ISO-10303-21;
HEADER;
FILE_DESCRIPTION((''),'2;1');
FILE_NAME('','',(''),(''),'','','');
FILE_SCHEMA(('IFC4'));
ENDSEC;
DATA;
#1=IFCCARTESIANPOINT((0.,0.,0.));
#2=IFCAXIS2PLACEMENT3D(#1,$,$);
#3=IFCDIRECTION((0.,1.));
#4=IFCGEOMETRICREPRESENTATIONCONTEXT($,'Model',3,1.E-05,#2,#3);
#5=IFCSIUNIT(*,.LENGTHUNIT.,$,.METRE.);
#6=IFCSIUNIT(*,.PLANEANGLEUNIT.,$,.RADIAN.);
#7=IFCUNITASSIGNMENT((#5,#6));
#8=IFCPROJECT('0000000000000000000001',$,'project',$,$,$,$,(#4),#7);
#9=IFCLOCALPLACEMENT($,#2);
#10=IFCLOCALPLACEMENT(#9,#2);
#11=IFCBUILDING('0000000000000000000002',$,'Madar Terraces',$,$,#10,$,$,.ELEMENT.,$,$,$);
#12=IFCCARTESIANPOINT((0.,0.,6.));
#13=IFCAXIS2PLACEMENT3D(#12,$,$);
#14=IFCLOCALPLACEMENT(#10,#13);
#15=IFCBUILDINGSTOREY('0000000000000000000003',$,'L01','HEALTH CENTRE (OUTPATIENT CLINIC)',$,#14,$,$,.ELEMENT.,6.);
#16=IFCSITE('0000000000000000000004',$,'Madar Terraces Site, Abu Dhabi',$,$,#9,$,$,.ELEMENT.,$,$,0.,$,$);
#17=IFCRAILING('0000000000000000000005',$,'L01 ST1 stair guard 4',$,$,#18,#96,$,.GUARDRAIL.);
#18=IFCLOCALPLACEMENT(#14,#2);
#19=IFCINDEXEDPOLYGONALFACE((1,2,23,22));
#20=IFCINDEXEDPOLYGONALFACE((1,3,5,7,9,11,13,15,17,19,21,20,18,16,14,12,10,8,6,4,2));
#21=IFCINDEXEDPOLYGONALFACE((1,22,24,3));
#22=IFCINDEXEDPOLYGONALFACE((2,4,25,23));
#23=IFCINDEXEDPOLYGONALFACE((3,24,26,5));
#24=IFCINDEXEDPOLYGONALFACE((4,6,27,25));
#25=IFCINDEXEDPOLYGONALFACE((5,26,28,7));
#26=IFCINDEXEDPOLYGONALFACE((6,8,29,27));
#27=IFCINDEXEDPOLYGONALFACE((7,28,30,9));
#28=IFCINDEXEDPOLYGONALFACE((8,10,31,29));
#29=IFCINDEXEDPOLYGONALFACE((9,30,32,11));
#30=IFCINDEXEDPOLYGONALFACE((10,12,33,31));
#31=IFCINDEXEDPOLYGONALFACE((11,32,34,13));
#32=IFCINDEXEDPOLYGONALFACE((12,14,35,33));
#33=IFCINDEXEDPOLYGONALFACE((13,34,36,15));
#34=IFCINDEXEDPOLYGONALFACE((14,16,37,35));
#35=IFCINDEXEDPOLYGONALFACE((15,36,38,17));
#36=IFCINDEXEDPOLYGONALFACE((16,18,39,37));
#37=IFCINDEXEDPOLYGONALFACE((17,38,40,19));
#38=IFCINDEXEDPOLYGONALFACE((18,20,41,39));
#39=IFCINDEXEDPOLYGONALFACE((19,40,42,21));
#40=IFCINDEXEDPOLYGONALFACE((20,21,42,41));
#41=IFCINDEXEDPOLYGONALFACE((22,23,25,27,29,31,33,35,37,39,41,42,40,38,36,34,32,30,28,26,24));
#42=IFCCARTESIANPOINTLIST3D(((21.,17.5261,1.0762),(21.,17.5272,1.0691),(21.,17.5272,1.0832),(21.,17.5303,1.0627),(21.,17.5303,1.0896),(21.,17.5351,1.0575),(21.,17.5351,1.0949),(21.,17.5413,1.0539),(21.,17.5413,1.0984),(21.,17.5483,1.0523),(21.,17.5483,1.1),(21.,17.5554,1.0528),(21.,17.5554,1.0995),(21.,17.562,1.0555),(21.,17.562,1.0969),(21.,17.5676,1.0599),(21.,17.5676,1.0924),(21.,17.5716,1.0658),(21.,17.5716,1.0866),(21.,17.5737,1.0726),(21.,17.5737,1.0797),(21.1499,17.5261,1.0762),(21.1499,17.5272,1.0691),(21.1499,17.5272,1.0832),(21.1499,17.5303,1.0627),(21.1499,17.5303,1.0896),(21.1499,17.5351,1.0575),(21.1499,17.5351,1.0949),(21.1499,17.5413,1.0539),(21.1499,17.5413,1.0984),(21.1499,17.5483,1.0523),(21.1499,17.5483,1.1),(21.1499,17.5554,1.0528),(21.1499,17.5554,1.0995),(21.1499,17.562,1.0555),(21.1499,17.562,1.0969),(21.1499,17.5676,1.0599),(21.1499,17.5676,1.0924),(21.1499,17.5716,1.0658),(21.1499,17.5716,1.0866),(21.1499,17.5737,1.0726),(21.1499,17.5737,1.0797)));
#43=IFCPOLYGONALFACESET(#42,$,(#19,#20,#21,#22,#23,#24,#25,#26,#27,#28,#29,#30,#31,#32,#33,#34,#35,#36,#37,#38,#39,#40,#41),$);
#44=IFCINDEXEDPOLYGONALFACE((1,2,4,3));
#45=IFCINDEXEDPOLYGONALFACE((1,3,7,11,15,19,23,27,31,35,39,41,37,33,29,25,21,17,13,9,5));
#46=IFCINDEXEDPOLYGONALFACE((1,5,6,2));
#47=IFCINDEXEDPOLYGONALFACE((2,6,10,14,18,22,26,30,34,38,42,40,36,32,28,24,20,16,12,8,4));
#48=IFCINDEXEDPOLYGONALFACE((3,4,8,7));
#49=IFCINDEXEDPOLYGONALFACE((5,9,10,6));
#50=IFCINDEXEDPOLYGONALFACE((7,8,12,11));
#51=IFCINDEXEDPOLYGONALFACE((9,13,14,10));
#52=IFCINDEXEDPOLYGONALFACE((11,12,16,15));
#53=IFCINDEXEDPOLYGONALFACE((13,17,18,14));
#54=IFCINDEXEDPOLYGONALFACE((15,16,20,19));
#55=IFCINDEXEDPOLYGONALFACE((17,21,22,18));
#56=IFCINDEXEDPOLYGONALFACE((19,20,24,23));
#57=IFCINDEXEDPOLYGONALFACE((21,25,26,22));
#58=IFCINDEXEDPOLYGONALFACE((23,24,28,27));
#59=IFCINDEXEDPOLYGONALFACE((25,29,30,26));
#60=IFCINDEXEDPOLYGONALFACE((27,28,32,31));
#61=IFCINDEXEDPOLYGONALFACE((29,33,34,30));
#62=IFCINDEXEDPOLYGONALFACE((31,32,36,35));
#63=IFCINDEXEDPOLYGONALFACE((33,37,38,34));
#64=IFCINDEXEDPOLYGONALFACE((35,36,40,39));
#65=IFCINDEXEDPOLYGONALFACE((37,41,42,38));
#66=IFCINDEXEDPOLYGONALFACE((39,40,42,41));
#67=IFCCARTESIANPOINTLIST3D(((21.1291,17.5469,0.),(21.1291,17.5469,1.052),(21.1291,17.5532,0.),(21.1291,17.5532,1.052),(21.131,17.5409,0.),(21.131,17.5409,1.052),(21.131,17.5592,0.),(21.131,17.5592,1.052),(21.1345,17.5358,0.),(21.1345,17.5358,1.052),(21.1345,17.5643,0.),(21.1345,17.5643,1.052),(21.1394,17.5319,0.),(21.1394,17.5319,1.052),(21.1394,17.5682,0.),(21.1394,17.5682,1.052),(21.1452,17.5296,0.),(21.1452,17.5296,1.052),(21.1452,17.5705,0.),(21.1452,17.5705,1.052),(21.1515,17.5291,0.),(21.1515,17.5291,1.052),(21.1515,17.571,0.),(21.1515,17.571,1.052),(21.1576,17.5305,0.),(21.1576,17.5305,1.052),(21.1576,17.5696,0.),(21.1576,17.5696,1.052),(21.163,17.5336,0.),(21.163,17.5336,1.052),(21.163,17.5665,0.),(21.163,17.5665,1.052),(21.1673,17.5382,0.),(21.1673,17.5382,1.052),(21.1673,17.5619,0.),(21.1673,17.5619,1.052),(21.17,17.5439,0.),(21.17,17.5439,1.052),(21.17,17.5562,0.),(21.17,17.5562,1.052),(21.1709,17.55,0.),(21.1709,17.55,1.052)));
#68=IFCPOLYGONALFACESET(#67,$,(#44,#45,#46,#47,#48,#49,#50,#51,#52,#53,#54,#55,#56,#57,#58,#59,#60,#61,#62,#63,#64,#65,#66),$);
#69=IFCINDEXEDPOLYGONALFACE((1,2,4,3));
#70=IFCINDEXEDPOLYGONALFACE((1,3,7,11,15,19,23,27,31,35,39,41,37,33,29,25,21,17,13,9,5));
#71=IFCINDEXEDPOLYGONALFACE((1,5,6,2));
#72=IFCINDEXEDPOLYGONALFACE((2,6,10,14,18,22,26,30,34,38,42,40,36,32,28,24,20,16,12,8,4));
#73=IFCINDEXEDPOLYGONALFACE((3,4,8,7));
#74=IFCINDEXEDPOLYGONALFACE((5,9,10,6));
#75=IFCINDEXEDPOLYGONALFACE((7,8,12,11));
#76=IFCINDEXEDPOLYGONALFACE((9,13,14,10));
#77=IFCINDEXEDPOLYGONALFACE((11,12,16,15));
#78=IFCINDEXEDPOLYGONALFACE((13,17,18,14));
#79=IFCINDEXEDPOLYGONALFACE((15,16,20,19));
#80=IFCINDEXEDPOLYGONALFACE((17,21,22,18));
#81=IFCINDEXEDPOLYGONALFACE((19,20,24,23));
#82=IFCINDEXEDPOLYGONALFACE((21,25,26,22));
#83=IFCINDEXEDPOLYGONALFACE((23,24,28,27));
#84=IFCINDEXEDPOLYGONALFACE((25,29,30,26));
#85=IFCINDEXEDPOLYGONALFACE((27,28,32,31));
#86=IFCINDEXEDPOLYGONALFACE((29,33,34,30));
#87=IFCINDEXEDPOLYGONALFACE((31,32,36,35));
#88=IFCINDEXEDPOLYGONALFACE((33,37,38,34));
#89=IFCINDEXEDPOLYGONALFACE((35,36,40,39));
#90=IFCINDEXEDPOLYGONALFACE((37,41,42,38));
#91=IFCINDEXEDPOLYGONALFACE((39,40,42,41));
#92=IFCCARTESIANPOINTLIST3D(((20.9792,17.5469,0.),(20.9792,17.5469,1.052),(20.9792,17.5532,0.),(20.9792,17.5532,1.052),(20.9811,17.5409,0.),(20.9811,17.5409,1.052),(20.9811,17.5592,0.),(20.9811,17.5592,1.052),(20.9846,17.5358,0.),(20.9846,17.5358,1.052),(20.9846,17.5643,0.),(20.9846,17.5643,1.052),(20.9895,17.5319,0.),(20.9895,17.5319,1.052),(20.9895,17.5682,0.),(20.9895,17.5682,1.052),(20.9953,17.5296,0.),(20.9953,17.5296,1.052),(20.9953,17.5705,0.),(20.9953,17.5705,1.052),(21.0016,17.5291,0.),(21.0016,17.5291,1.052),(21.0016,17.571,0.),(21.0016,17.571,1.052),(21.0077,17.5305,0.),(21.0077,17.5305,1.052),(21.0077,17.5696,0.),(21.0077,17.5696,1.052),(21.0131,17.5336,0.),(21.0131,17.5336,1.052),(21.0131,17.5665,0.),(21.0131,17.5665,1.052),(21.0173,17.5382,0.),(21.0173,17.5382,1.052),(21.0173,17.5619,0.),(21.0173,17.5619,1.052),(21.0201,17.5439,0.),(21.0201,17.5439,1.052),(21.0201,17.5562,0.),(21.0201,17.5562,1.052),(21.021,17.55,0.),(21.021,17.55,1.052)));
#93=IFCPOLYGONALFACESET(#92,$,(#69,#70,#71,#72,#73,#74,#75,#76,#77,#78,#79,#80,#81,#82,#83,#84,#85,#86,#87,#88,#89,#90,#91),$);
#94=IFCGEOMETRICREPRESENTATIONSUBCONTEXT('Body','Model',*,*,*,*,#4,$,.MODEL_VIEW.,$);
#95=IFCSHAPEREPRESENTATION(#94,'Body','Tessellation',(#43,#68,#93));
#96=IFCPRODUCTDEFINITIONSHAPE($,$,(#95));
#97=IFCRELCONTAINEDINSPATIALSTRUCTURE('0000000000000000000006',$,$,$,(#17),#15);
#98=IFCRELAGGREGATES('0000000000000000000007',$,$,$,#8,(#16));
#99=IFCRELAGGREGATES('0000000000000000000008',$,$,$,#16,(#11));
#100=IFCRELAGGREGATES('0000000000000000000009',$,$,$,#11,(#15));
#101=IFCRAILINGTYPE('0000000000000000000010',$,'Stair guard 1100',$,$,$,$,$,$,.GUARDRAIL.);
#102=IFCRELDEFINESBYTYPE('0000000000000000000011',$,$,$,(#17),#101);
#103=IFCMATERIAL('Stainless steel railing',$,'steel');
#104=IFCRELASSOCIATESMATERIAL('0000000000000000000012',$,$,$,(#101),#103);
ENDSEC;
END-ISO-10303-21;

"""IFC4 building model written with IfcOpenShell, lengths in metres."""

from ifc_helpers import new_model, si_unit, direction, frame, origin, origin_2d, place, context, subcontext, project, spatial, circle, extrude, material, type_object, element, save


model = new_model("IFC4")

# Units and contexts
model_context = context("Model", 3, precision=1e-05, world=origin(), true_north=direction((0.0, 1.0)))
body_context = subcontext(model_context, "Body", "Model", "MODEL_VIEW")
ifc_project = project(units=[si_unit("LENGTHUNIT", "METRE"), si_unit("PLANEANGLEUNIT", "RADIAN")], contexts=[model_context])

# Site, building, storey
site_placement = place(None, origin())
site = spatial("IfcSite", under=ifc_project, at=site_placement, Name="Madar Terraces Site, Abu Dhabi", CompositionType="ELEMENT", RefElevation=0.0)
building_placement = place(site_placement, origin())
building = spatial("IfcBuilding", under=site, at=building_placement, Name="Madar Terraces", CompositionType="ELEMENT")
storey_placement = place(building_placement, frame((0.0, 0.0, 6.0)))
storey = spatial("IfcBuildingStorey", under=building, at=storey_placement, Name="L01", Description="HEALTH CENTRE (OUTPATIENT CLINIC)", CompositionType="ELEMENT", Elevation=6.0)

# Railing
ifc_material_1 = material(Name="Stainless steel railing", Category="steel")
railing_type_1 = type_object("IfcRailingType", Name="Stair guard 1100", PredefinedType="GUARDRAIL", material=ifc_material_1)
railing_1_placement = place(storey_placement, frame((21.1499, 17.55, 0.0)))
element("IfcRailing", 1, at=railing_1_placement, inside=storey, type_object=railing_type_1, Name="L01 ST1 stair guard 4", PredefinedType="GUARDRAIL", context=body_context, shape_type="SweptSolid", body=[
    extrude(circle(Radius=0.0239, at=origin_2d()), frame((0.0, 0.0, 1.0762), z_axis=(-1.0, 0.0, 0.0), x_axis=(0.0, -1.0, 0.0)), (0.0, 0.0, 1.0), 0.1499),
    extrude(circle(Radius=0.021, at=origin_2d()), origin(), (0.0, 0.0, 1.0), 1.052),
    extrude(circle(Radius=0.021, at=origin_2d()), frame((-0.1499, 0.0, 0.0)), (0.0, 0.0, 1.0), 1.052),
])

save(model, "model.ifc")
